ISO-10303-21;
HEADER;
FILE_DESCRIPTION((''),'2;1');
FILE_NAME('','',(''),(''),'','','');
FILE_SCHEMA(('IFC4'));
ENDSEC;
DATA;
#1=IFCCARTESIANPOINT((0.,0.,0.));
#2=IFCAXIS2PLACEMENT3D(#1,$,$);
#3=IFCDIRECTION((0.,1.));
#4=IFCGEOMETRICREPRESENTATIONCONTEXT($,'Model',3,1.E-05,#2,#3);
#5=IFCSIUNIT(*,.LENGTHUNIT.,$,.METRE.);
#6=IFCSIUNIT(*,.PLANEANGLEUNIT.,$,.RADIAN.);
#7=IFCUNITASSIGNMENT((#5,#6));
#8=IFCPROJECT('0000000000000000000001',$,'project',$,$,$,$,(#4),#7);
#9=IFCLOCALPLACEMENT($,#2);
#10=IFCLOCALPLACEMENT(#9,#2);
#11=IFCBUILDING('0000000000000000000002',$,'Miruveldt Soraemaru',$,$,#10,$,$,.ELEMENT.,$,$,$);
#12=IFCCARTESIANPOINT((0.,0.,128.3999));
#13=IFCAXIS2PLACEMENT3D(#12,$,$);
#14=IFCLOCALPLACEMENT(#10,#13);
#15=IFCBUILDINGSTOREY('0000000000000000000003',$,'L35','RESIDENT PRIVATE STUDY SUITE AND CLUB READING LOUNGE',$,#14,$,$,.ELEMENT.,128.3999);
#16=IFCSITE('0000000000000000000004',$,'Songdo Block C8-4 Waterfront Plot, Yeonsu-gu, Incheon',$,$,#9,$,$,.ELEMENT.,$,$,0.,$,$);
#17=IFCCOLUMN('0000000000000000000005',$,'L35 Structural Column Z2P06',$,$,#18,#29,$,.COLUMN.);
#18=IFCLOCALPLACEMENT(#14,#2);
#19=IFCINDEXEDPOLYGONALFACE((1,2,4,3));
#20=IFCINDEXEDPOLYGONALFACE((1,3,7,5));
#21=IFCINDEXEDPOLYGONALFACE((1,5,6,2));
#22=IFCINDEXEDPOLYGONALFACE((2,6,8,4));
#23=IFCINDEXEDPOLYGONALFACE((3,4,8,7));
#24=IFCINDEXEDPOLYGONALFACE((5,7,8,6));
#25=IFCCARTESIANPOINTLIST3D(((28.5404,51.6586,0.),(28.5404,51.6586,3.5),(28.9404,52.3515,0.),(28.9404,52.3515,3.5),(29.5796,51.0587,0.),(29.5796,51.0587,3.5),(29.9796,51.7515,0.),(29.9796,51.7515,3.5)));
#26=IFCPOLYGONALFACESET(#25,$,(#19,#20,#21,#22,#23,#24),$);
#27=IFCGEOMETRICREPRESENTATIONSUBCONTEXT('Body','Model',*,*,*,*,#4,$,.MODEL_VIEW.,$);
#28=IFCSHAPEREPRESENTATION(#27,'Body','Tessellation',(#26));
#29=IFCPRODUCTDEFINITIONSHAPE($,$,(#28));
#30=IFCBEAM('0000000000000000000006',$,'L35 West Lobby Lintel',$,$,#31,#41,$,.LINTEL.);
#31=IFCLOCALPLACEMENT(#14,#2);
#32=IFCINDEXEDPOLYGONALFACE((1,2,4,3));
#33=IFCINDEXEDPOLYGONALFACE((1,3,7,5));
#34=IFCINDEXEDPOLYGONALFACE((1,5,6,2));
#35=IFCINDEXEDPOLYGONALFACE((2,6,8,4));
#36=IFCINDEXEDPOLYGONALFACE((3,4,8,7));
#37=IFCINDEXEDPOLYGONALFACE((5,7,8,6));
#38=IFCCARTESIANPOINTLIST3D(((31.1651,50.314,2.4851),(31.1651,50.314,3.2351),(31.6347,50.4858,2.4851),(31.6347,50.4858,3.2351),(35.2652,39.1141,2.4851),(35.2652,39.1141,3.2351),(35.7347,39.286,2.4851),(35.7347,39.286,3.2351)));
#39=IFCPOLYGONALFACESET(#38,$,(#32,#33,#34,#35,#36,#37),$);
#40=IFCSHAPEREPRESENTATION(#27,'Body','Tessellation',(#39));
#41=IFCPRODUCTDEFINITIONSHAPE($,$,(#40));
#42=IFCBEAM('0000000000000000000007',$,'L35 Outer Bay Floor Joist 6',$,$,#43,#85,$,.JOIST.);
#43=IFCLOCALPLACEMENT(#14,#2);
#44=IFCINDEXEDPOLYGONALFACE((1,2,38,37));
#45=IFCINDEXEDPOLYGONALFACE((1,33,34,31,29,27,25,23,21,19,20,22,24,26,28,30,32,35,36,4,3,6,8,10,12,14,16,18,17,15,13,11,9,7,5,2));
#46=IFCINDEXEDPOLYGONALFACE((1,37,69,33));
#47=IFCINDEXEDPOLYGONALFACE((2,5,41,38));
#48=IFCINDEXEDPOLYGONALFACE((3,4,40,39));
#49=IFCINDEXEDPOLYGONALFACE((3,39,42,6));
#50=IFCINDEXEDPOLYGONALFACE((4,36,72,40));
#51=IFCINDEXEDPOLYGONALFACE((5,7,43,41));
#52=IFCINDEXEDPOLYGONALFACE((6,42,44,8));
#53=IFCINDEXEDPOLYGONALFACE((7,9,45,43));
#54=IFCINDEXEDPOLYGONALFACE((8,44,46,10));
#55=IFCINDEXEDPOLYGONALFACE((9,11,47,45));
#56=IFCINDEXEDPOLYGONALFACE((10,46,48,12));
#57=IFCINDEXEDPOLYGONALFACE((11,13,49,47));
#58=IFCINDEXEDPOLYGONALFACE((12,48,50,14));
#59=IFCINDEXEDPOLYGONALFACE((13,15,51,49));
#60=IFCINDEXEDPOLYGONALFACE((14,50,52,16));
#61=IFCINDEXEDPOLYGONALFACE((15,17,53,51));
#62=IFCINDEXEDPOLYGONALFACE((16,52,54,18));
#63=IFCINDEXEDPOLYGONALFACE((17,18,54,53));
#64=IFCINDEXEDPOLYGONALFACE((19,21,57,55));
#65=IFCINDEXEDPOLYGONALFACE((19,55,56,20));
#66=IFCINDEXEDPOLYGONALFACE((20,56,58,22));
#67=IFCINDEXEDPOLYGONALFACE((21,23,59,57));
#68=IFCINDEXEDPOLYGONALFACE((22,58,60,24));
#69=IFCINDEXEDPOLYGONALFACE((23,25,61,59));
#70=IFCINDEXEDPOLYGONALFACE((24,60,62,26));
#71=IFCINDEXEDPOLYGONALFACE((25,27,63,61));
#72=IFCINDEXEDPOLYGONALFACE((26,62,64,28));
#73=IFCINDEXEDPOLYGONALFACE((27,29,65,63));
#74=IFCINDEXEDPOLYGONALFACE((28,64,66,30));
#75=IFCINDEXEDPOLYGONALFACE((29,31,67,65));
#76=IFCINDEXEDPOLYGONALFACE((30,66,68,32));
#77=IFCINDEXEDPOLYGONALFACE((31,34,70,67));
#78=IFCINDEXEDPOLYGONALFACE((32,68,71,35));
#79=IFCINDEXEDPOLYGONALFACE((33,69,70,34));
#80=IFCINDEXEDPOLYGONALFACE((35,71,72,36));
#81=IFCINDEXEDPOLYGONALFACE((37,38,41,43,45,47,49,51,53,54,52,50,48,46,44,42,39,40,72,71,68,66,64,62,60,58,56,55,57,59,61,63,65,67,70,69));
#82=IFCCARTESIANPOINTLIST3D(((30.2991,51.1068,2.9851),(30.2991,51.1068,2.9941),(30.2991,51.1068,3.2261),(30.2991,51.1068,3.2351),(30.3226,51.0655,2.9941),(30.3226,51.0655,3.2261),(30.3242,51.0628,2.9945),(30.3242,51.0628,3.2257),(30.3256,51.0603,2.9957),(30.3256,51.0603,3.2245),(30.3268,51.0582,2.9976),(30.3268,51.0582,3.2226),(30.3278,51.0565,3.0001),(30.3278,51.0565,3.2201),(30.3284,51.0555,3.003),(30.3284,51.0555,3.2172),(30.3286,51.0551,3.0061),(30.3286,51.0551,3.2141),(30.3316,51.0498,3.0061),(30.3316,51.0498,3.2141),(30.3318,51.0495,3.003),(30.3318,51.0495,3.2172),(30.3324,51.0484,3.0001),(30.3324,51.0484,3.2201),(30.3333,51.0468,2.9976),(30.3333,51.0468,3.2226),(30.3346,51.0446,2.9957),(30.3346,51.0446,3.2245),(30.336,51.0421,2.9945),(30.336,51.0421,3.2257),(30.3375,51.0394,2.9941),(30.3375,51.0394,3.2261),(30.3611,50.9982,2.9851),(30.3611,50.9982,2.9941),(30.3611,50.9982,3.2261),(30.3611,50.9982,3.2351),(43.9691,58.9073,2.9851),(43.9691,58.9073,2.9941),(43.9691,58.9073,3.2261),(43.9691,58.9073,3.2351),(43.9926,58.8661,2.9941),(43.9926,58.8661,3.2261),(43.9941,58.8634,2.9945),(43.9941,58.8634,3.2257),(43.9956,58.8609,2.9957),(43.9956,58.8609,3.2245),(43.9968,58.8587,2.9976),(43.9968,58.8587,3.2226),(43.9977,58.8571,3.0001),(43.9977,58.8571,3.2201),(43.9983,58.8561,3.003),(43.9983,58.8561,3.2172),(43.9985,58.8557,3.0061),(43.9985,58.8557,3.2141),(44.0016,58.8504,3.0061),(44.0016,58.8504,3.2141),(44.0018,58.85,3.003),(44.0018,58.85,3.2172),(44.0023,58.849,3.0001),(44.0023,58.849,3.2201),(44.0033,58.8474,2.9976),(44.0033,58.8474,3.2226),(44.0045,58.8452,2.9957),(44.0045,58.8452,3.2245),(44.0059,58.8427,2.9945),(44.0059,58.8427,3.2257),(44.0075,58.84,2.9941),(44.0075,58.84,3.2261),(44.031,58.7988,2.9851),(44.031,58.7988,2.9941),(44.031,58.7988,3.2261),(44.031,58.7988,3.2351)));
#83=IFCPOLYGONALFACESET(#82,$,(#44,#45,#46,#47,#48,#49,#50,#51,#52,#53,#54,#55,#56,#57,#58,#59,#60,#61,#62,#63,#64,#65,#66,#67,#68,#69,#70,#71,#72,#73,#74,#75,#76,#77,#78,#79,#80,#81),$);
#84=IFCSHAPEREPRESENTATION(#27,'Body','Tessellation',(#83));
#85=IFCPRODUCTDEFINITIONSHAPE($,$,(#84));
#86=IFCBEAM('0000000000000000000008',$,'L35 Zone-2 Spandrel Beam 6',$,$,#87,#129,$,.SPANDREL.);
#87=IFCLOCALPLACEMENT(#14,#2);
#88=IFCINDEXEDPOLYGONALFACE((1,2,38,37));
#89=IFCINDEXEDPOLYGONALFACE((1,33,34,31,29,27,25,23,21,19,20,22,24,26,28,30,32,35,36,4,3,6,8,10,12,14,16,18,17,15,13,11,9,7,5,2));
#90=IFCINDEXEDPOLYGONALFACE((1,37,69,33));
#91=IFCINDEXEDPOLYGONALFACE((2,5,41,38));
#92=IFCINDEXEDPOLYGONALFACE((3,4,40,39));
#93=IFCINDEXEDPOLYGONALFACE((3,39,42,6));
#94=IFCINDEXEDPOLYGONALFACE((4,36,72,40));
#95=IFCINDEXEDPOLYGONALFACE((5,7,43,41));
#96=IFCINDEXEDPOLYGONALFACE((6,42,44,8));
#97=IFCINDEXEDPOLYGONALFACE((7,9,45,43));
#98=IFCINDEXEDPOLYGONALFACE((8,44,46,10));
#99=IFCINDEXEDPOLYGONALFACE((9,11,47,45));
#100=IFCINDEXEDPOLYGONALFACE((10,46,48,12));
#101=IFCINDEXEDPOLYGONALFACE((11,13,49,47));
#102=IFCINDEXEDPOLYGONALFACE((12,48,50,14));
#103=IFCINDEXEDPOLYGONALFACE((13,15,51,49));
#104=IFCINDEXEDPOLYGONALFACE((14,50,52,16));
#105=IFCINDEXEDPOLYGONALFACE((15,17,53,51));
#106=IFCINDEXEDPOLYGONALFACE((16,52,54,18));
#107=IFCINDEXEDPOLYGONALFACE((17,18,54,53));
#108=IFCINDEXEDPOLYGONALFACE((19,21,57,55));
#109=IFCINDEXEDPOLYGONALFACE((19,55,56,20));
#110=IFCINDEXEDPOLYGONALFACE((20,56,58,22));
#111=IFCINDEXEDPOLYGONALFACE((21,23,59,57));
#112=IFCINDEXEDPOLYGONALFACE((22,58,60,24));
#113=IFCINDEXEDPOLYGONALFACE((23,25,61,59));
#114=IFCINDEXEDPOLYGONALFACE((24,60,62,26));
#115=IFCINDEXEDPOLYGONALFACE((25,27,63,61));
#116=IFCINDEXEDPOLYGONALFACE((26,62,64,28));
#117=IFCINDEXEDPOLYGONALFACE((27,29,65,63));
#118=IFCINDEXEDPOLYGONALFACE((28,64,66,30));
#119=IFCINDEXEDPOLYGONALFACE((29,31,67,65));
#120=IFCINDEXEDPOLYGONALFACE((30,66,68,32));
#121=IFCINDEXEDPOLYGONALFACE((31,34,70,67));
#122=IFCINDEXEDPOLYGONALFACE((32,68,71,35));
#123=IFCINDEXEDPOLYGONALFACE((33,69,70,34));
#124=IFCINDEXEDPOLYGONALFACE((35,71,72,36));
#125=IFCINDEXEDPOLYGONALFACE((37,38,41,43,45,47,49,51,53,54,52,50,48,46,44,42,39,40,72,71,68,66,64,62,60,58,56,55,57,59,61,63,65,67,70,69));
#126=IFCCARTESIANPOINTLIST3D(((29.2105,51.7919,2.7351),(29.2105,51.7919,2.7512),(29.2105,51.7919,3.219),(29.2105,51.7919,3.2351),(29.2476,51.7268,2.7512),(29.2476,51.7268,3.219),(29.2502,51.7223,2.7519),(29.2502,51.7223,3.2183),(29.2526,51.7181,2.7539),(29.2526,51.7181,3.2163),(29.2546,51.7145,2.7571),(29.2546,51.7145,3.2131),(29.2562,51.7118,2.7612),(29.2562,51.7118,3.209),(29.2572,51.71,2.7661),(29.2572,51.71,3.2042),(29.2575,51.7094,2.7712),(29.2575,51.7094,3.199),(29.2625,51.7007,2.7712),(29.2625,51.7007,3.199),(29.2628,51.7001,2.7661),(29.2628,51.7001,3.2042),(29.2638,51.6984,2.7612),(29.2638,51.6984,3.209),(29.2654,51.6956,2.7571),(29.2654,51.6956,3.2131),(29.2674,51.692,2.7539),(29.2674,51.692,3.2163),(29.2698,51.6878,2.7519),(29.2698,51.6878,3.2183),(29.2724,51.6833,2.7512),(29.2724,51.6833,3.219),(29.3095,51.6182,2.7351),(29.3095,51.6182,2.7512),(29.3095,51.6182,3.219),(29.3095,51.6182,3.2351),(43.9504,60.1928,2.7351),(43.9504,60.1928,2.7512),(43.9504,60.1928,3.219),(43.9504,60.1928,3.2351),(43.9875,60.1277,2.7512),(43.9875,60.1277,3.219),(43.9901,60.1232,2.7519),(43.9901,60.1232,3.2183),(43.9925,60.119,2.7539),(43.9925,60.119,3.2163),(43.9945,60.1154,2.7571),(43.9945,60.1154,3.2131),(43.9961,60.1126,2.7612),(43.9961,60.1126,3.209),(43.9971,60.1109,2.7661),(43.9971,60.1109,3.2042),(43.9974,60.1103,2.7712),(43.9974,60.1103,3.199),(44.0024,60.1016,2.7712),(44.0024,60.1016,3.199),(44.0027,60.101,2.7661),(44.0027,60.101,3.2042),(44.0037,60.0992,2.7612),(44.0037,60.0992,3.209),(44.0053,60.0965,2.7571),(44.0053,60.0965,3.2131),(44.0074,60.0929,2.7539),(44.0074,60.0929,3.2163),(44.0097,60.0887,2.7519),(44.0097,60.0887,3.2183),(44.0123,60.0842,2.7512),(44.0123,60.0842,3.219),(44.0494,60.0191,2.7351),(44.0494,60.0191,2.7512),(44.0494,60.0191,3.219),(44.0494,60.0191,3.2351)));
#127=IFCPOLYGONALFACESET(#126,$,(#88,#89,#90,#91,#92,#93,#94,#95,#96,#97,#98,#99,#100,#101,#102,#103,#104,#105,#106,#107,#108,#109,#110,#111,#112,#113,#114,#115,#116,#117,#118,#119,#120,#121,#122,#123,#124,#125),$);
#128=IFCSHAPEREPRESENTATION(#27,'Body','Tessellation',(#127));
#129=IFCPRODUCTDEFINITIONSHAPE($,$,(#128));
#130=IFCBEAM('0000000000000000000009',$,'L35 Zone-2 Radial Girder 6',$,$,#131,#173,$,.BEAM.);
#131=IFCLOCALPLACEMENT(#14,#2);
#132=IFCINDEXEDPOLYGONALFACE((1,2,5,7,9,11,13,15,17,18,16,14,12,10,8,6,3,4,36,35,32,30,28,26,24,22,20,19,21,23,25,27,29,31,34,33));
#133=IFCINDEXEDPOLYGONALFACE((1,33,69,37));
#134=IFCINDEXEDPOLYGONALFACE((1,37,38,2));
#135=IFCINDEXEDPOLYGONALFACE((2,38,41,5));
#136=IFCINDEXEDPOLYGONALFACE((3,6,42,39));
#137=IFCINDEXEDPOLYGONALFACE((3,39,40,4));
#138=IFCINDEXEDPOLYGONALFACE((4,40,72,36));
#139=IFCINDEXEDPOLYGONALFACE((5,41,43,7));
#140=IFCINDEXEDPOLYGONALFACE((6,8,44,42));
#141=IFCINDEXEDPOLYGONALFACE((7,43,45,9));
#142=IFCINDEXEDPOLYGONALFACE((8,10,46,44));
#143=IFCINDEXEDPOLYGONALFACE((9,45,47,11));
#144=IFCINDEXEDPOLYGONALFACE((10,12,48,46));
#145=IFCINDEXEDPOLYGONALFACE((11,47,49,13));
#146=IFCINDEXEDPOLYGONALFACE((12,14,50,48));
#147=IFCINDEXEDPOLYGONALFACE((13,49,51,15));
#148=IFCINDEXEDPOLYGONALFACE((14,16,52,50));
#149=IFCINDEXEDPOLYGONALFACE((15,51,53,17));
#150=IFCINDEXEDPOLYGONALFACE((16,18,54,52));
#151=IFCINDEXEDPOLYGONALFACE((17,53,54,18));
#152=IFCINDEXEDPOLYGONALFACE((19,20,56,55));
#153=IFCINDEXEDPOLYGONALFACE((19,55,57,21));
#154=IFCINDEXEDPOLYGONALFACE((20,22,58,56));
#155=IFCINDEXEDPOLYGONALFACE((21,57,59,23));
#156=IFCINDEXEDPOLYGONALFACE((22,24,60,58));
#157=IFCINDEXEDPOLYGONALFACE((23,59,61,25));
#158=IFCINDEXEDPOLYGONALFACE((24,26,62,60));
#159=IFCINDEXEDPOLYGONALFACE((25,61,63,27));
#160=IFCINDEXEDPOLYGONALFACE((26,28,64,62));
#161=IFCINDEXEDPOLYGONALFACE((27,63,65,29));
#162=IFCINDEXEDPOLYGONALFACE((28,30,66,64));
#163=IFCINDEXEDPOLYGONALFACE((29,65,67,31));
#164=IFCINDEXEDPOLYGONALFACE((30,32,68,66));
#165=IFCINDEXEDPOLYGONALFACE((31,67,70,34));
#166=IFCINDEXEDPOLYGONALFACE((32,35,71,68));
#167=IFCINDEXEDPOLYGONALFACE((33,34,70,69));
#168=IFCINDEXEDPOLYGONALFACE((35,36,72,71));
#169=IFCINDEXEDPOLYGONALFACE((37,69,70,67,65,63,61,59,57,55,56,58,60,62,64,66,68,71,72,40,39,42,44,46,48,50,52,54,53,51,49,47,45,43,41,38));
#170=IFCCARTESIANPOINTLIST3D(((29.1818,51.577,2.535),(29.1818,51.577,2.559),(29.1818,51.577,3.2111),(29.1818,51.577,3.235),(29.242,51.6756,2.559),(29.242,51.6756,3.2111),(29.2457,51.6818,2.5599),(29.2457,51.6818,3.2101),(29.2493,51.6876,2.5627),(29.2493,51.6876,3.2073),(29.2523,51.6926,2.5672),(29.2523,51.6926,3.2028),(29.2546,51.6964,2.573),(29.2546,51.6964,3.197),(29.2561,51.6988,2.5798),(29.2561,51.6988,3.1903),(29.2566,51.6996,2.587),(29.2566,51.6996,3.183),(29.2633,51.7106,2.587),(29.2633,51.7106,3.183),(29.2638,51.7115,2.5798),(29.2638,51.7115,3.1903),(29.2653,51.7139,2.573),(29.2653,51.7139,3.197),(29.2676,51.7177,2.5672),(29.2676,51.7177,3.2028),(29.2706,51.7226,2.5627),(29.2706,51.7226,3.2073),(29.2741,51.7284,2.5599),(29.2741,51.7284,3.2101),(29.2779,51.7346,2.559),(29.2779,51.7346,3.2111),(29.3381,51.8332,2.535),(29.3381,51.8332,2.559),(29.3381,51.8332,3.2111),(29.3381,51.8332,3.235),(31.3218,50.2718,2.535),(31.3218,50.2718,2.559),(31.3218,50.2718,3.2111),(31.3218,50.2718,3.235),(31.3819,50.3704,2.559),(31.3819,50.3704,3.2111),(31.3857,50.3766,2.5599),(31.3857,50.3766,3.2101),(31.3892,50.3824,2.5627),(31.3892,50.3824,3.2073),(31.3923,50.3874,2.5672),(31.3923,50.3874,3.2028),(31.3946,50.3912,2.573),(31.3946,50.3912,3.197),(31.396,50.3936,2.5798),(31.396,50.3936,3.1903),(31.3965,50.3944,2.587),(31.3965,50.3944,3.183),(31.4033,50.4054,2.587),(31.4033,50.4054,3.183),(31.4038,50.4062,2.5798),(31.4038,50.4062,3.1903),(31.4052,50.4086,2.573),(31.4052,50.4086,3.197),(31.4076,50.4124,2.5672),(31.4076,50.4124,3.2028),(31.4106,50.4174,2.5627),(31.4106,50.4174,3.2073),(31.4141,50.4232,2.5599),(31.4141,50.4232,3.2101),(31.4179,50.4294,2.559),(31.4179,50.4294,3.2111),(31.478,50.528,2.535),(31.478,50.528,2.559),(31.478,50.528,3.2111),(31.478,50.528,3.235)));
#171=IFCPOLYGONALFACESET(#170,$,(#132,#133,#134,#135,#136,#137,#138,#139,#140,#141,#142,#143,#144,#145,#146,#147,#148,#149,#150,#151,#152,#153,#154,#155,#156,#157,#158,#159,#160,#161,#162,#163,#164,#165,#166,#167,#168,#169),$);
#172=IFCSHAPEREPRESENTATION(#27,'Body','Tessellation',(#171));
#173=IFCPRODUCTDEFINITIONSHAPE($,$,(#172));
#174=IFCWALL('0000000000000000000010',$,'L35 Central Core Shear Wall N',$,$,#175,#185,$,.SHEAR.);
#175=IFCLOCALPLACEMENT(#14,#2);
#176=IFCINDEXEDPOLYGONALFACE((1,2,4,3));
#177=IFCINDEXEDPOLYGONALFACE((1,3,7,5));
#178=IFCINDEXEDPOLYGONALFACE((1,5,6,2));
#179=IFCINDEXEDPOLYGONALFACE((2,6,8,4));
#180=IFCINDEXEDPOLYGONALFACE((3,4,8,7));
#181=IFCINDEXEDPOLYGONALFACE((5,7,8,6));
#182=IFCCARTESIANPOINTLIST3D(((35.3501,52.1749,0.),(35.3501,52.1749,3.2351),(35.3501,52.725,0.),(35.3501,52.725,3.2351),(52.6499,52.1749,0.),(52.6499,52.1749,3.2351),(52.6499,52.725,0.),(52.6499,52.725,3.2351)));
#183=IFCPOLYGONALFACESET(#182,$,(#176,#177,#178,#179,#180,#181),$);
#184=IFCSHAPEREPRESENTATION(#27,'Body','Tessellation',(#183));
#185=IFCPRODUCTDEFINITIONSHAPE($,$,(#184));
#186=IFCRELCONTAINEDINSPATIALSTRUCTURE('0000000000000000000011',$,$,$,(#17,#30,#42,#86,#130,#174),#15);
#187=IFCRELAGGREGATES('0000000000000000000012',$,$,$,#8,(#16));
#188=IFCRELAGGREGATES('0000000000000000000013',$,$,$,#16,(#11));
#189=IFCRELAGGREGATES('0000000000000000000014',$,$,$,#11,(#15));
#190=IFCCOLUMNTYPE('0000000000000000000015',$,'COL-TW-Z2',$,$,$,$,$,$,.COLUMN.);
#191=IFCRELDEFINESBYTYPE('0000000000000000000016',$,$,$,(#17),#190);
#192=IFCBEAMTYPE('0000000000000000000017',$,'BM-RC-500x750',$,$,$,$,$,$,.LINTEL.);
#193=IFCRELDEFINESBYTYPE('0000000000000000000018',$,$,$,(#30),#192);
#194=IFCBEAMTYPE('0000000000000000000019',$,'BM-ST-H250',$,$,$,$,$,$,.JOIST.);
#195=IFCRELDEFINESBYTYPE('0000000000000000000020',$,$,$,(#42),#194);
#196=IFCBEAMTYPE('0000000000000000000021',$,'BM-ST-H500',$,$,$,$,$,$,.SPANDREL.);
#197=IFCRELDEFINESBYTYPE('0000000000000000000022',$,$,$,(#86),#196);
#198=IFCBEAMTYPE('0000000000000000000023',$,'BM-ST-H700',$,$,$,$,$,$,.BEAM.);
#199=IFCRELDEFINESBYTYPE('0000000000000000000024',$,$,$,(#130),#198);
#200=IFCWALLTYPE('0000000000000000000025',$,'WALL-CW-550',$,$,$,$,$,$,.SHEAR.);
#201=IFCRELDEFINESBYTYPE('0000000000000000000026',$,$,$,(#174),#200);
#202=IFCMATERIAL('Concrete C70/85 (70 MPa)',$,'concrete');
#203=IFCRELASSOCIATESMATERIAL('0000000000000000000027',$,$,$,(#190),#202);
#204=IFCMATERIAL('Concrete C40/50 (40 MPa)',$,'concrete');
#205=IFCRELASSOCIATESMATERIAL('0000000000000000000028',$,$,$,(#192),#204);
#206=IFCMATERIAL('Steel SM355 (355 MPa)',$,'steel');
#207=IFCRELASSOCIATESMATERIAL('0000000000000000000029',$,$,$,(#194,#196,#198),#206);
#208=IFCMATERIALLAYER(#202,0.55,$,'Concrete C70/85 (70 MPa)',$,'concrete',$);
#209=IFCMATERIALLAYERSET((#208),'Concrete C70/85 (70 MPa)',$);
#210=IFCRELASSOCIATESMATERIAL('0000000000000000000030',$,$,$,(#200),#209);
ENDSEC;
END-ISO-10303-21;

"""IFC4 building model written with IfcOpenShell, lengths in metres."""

from ifc_helpers import new_model, si_unit, direction, frame, frame_2d, origin, origin_2d, place, context, subcontext, project, spatial, rectangle, i_section, extrude, material, layer, layer_set, material_profile, profile_set, type_object, element, save


model = new_model("IFC4")

# Units and contexts
model_context = context("Model", 3, precision=1e-05, world=origin(), true_north=direction((0.0, 1.0)))
body_context = subcontext(model_context, "Body", "Model", "MODEL_VIEW")
ifc_project = project(units=[si_unit("LENGTHUNIT", "METRE"), si_unit("PLANEANGLEUNIT", "RADIAN")], contexts=[model_context])

# Site, building, storey
site_placement = place(None, origin())
site = spatial("IfcSite", under=ifc_project, at=site_placement, Name="Songdo Block C8-4 Waterfront Plot, Yeonsu-gu, Incheon", CompositionType="ELEMENT", RefElevation=0.0)
building_placement = place(site_placement, origin())
building = spatial("IfcBuilding", under=site, at=building_placement, Name="Miruveldt Soraemaru", CompositionType="ELEMENT")
storey_placement = place(building_placement, frame((0.0, 0.0, 128.3999)))
storey = spatial("IfcBuildingStorey", under=building, at=storey_placement, Name="L35", Description="RESIDENT PRIVATE STUDY SUITE AND CLUB READING LOUNGE", CompositionType="ELEMENT", Elevation=128.3999)

# Column
ifc_material_1 = material(Name="Concrete C70/85 (70 MPa)", Category="concrete")
ifc_material_profile_1 = material_profile(ifc_material_1, rectangle(XDim=1.2, YDim=0.8, at=origin_2d()), Name="Concrete C70/85 (70 MPa)", Category="concrete")
ifc_profile_set_1 = profile_set([ifc_material_profile_1], Name="Concrete C70/85 (70 MPa)")
column_type = type_object("IfcColumnType", Name="COL-TW-Z2", PredefinedType="COLUMN", material=ifc_profile_set_1)
column_placement = place(storey_placement, frame((29.26, 51.7051, 0.0), z_axis=(0.0, 0.0, 1.0), x_axis=(-0.866025, 0.5, 0.0)))
element("IfcColumn", 1, at=column_placement, inside=storey, type_object=column_type, Name="L35 Structural Column Z2P06", PredefinedType="COLUMN", context=body_context, shape_type="SweptSolid", body=[
    extrude(rectangle(XDim=1.2, YDim=0.8, at=origin_2d()), origin(), (0.0, 0.0, 1.0), 3.5),
])

# Beams
ifc_material_2 = material(Name="Concrete C40/50 (40 MPa)", Category="concrete")
ifc_material_profile_2 = material_profile(ifc_material_2, rectangle(XDim=0.5, YDim=0.75, at=origin_2d()), Name="Concrete C40/50 (40 MPa)", Category="concrete")
ifc_profile_set_2 = profile_set([ifc_material_profile_2], Name="Concrete C40/50 (40 MPa)")
beam_type_1 = type_object("IfcBeamType", Name="BM-RC-500x750", PredefinedType="LINTEL", material=ifc_profile_set_2)
beam_1_placement = place(storey_placement, frame((31.3999, 50.3999, 2.8601), z_axis=(0.34377, -0.939054, 0.0), x_axis=(0.939054, 0.34377, 0.0)))
element("IfcBeam", 2, at=beam_1_placement, inside=storey, type_object=beam_type_1, Name="L35 West Lobby Lintel", PredefinedType="LINTEL", context=body_context, shape_type="SweptSolid", body=[
    extrude(rectangle(XDim=0.5, YDim=0.75, at=origin_2d()), origin(), (0.0, 0.0, 1.0), 11.9268),
])
ifc_material_3 = material(Name="Steel SM355 (355 MPa)", Category="steel")
ifc_material_profile_3 = material_profile(ifc_material_3, i_section(OverallWidth=0.125, OverallDepth=0.25, WebThickness=0.0061, FlangeThickness=0.009, FilletRadius=0.012, at=origin_2d()), Name="Steel SM355 (355 MPa)", Category="steel")
ifc_profile_set_3 = profile_set([ifc_material_profile_3], Name="Steel SM355 (355 MPa)")
beam_type_2 = type_object("IfcBeamType", Name="BM-ST-H250", PredefinedType="JOIST", material=ifc_profile_set_3)
beam_2_placement = place(storey_placement, frame((30.3301, 51.0525, 3.1101), z_axis=(0.86854, 0.495619, 0.0), x_axis=(-0.495619, 0.86854, 0.0)))
element("IfcBeam", 3, at=beam_2_placement, inside=storey, type_object=beam_type_2, Name="L35 Outer Bay Floor Joist 6", PredefinedType="JOIST", context=body_context, shape_type="SweptSolid", body=[
    extrude(i_section(OverallWidth=0.125, OverallDepth=0.25, WebThickness=0.0061, FlangeThickness=0.009, FilletRadius=0.012, at=origin_2d()), origin(), (0.0, 0.0, 1.0), 15.739),
])
ifc_material_profile_4 = material_profile(ifc_material_3, i_section(OverallWidth=0.2, OverallDepth=0.5, WebThickness=0.01, FlangeThickness=0.0161, FilletRadius=0.02, at=origin_2d()), Name="Steel SM355 (355 MPa)", Category="steel")
ifc_profile_set_4 = profile_set([ifc_material_profile_4], Name="Steel SM355 (355 MPa)")
beam_type_3 = type_object("IfcBeamType", Name="BM-ST-H500", PredefinedType="SPANDREL", material=ifc_profile_set_4)
beam_3_placement = place(storey_placement, frame((29.26, 51.7051, 2.9851), z_axis=(0.8688, 0.495162, 0.0), x_axis=(-0.495162, 0.8688, 0.0)))
element("IfcBeam", 4, at=beam_3_placement, inside=storey, type_object=beam_type_3, Name="L35 Zone-2 Spandrel Beam 6", PredefinedType="SPANDREL", context=body_context, shape_type="SweptSolid", body=[
    extrude(i_section(OverallWidth=0.2, OverallDepth=0.5, WebThickness=0.01, FlangeThickness=0.0161, FilletRadius=0.02, at=origin_2d()), origin(), (0.0, 0.0, 1.0), 16.9658),
])
ifc_material_profile_5 = material_profile(ifc_material_3, i_section(OverallWidth=0.3, OverallDepth=0.7, WebThickness=0.0129, FlangeThickness=0.0239, FilletRadius=0.0281, at=origin_2d()), Name="Steel SM355 (355 MPa)", Category="steel")
ifc_profile_set_5 = profile_set([ifc_material_profile_5], Name="Steel SM355 (355 MPa)")
beam_type_4 = type_object("IfcBeamType", Name="BM-ST-H700", PredefinedType="BEAM", material=ifc_profile_set_5)
beam_4_placement = place(storey_placement, frame((31.3999, 50.3999, 2.885), z_axis=(-0.853732, 0.520713, 0.0), x_axis=(-0.520713, -0.853732, 0.0)))
element("IfcBeam", 5, at=beam_4_placement, inside=storey, type_object=beam_type_4, Name="L35 Zone-2 Radial Girder 6", PredefinedType="BEAM", context=body_context, shape_type="SweptSolid", body=[
    extrude(i_section(OverallWidth=0.3, OverallDepth=0.7, WebThickness=0.0129, FlangeThickness=0.0239, FilletRadius=0.0281, at=origin_2d()), origin(), (0.0, 0.0, 1.0), 2.5066),
])

# Wall
ifc_layer_1 = layer(ifc_material_1, 0.55, Name="Concrete C70/85 (70 MPa)", Category="concrete")
ifc_layer_set_1 = layer_set([ifc_layer_1], Name="Concrete C70/85 (70 MPa)")
wall_type_1 = type_object("IfcWallType", Name="WALL-CW-550", PredefinedType="SHEAR", material=ifc_layer_set_1)
wall_1_placement = place(storey_placement, frame((35.3501, 52.45, 0.0), z_axis=(0.0, 0.0, 1.0), x_axis=(1.0, 0.0, 0.0)))
element("IfcWall", 6, at=wall_1_placement, inside=storey, type_object=wall_type_1, Name="L35 Central Core Shear Wall N", PredefinedType="SHEAR", context=body_context, shape_type="SweptSolid", body=[
    extrude(rectangle(XDim=17.2998, YDim=0.55, at=frame_2d((8.6499, 0.0))), origin(), (0.0, 0.0, 1.0), 3.2351),
])

save(model, "model.ifc")
